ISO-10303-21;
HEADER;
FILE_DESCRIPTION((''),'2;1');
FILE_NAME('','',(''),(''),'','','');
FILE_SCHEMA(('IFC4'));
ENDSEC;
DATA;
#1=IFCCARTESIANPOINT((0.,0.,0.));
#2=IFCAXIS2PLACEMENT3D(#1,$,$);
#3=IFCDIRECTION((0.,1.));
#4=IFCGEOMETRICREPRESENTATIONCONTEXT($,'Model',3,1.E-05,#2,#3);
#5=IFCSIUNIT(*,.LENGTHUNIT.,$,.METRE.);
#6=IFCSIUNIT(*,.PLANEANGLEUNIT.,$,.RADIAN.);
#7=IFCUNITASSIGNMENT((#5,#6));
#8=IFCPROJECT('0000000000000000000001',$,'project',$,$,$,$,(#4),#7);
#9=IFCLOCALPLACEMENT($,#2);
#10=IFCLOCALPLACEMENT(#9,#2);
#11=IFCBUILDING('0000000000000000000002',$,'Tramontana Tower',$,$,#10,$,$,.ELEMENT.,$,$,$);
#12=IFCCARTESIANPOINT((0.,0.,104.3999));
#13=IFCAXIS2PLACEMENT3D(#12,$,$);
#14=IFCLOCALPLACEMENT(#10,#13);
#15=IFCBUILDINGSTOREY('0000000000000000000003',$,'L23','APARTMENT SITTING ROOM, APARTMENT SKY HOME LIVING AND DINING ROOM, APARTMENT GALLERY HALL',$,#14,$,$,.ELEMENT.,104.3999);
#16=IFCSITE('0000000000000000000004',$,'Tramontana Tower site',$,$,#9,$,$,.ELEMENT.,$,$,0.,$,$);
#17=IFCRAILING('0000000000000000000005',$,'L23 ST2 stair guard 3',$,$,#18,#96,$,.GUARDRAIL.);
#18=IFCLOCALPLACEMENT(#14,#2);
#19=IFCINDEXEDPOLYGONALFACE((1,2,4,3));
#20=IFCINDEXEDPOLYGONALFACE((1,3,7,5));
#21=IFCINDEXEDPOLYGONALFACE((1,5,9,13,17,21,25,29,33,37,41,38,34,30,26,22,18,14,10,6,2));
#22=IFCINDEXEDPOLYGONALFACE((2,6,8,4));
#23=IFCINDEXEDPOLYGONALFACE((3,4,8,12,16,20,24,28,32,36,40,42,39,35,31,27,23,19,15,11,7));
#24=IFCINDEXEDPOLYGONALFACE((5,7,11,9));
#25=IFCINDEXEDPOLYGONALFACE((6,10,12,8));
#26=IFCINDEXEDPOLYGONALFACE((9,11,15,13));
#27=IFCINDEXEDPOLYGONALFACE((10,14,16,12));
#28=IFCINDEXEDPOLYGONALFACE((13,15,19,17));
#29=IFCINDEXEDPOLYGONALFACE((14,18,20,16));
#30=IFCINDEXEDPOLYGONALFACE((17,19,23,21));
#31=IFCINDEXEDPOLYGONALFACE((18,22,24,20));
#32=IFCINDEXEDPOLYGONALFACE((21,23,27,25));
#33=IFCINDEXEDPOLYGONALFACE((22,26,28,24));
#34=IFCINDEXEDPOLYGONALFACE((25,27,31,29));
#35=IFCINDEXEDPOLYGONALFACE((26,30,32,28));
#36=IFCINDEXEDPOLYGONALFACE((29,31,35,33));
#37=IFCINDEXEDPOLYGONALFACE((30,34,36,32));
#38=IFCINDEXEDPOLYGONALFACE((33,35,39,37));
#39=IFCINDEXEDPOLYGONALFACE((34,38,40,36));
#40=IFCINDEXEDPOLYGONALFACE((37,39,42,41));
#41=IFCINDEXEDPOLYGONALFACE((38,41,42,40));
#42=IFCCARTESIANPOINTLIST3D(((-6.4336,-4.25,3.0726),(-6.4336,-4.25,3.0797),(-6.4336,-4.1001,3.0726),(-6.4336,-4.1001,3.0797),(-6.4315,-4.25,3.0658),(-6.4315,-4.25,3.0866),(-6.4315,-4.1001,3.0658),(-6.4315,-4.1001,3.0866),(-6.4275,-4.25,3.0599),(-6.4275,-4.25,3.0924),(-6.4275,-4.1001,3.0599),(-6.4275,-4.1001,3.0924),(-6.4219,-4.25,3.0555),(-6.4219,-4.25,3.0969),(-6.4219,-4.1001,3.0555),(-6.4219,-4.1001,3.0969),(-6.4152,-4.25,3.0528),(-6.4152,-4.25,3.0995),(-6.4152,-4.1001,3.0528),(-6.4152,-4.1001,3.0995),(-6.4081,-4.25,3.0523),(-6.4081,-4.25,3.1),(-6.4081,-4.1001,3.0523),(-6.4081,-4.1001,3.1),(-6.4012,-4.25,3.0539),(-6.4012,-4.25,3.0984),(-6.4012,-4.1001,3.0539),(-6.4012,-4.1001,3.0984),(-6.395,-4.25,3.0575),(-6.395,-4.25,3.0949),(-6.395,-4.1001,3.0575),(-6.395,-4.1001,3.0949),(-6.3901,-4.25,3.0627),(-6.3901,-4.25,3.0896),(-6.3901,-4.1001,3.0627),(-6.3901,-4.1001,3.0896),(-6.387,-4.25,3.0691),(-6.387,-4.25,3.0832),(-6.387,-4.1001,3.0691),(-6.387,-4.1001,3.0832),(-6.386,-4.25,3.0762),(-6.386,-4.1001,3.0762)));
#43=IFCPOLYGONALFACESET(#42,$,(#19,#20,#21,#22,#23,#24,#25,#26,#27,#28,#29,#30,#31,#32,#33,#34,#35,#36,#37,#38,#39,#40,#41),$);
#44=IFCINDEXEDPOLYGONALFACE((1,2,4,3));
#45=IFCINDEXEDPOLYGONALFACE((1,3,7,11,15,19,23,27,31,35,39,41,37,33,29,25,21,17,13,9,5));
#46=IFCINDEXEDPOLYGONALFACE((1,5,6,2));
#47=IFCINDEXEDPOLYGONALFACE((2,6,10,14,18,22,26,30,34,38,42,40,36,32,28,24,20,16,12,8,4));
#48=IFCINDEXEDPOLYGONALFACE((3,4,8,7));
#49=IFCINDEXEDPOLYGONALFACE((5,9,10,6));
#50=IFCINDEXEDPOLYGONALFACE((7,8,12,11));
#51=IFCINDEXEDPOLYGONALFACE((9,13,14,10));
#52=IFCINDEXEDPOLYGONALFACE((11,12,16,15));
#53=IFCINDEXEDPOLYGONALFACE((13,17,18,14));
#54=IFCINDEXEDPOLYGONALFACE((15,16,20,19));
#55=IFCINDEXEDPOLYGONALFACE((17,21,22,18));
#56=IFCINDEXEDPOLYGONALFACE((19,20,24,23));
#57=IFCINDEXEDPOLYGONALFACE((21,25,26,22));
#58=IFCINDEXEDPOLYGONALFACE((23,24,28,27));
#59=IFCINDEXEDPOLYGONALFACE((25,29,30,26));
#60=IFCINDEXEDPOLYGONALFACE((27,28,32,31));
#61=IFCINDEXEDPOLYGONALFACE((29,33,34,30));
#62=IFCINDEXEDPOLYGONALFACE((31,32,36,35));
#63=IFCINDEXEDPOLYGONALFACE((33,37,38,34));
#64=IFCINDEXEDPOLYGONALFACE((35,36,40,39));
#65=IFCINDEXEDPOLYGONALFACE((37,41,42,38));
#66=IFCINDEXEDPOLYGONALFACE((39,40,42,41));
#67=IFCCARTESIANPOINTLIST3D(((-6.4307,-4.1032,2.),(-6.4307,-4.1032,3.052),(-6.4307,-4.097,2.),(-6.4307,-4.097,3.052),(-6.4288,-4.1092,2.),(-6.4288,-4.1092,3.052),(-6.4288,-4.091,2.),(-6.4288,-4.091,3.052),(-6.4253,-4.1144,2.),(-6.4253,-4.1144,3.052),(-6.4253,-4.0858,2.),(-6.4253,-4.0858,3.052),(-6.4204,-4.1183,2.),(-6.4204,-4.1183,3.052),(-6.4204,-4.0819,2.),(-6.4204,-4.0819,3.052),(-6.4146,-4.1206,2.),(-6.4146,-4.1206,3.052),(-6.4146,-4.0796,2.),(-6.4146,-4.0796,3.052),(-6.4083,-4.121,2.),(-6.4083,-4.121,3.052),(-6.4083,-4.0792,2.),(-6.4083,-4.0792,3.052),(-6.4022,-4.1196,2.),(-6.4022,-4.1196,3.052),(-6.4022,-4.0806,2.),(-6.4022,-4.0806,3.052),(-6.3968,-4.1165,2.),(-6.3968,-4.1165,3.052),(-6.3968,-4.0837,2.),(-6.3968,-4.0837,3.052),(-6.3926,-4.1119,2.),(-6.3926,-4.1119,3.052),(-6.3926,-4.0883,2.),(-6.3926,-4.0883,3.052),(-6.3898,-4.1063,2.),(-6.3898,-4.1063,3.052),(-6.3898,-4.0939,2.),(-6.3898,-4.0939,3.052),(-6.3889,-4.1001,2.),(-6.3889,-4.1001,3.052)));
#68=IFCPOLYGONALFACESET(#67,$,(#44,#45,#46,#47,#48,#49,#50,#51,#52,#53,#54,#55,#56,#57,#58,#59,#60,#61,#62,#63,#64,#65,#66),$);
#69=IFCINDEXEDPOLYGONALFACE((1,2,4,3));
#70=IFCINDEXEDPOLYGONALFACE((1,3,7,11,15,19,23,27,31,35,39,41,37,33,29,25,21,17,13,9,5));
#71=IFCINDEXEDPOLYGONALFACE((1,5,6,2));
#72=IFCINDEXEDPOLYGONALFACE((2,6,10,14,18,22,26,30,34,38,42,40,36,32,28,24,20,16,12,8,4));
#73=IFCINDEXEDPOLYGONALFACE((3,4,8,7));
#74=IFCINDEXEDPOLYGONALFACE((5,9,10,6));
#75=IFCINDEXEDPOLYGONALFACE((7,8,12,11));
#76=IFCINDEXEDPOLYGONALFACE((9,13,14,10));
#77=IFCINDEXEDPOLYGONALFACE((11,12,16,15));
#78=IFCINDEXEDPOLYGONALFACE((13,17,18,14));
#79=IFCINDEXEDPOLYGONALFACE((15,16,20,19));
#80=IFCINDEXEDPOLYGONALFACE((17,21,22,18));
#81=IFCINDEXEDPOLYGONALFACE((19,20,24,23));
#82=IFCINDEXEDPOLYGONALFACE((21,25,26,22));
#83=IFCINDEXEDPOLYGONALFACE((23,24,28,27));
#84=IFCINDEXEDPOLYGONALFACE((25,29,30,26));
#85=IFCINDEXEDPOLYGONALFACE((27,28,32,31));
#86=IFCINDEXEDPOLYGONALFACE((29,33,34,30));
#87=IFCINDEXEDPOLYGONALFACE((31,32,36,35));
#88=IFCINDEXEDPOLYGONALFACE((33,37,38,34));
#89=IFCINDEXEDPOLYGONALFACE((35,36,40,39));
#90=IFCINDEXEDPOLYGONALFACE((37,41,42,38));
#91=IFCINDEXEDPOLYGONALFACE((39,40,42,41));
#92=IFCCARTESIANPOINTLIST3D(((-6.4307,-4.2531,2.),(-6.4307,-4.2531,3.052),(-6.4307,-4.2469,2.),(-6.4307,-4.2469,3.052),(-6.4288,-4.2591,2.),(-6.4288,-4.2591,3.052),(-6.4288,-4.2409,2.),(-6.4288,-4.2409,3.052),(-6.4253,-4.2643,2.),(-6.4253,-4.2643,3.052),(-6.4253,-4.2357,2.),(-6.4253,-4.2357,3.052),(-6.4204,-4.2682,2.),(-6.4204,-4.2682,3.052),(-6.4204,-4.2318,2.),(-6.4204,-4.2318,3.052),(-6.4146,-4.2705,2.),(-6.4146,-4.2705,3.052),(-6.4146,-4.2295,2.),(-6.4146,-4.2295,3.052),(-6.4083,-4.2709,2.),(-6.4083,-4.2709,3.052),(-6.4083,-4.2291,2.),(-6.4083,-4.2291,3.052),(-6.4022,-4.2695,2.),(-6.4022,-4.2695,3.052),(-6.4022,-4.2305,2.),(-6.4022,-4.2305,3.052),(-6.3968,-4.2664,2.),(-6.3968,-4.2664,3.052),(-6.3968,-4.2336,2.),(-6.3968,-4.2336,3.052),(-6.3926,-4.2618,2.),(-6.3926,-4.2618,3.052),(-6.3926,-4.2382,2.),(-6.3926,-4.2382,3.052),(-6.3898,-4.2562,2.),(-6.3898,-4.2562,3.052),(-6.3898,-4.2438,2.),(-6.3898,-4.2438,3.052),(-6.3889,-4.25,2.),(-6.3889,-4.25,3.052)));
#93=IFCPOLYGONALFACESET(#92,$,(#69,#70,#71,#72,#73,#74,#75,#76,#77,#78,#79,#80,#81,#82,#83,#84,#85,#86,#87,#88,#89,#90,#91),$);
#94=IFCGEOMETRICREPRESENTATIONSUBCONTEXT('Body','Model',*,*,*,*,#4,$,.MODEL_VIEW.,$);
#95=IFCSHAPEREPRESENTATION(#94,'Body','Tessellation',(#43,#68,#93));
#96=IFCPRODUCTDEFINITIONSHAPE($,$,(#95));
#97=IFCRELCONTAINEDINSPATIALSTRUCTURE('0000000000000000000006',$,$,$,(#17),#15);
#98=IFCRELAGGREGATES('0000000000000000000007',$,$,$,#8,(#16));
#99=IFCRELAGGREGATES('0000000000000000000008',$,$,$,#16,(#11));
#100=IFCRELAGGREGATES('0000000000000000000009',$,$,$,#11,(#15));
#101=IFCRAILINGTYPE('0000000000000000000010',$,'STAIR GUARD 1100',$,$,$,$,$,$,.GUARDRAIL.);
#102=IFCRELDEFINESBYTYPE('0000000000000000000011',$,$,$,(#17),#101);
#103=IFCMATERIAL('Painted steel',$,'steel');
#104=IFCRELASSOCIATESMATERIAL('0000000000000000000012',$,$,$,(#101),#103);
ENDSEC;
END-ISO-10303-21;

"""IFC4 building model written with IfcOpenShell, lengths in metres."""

from ifc_helpers import new_model, si_unit, direction, frame, origin, origin_2d, place, context, subcontext, project, spatial, circle, extrude, material, type_object, element, save


model = new_model("IFC4")

# Units and contexts
model_context = context("Model", 3, precision=1e-05, world=origin(), true_north=direction((0.0, 1.0)))
body_context = subcontext(model_context, "Body", "Model", "MODEL_VIEW")
ifc_project = project(units=[si_unit("LENGTHUNIT", "METRE"), si_unit("PLANEANGLEUNIT", "RADIAN")], contexts=[model_context])

# Site, building, storey
site_placement = place(None, origin())
site = spatial("IfcSite", under=ifc_project, at=site_placement, Name="Tramontana Tower site", CompositionType="ELEMENT", RefElevation=0.0)
building_placement = place(site_placement, origin())
building = spatial("IfcBuilding", under=site, at=building_placement, Name="Tramontana Tower", CompositionType="ELEMENT")
storey_placement = place(building_placement, frame((0.0, 0.0, 104.3999)))
storey = spatial("IfcBuildingStorey", under=building, at=storey_placement, Name="L23", Description="APARTMENT SITTING ROOM, APARTMENT SKY HOME LIVING AND DINING ROOM, APARTMENT GALLERY HALL", CompositionType="ELEMENT", Elevation=104.3999)

# Railing
ifc_material_1 = material(Name="Painted steel", Category="steel")
railing_type_1 = type_object("IfcRailingType", Name="STAIR GUARD 1100", PredefinedType="GUARDRAIL", material=ifc_material_1)
railing_1_placement = place(storey_placement, frame((-6.4099, -4.1001, 2.0)))
element("IfcRailing", 1, at=railing_1_placement, inside=storey, type_object=railing_type_1, Name="L23 ST2 stair guard 3", PredefinedType="GUARDRAIL", context=body_context, shape_type="SweptSolid", body=[
    extrude(circle(Radius=0.0239, at=origin_2d()), frame((0.0, 0.0, 1.0762), z_axis=(0.0, -1.0, 0.0), x_axis=(1.0, 0.0, 0.0)), (0.0, 0.0, 1.0), 0.1499),
    extrude(circle(Radius=0.021, at=origin_2d()), origin(), (0.0, 0.0, 1.0), 1.052),
    extrude(circle(Radius=0.021, at=origin_2d()), frame((0.0, -0.1499, 0.0)), (0.0, 0.0, 1.0), 1.052),
])

save(model, "model.ifc")
